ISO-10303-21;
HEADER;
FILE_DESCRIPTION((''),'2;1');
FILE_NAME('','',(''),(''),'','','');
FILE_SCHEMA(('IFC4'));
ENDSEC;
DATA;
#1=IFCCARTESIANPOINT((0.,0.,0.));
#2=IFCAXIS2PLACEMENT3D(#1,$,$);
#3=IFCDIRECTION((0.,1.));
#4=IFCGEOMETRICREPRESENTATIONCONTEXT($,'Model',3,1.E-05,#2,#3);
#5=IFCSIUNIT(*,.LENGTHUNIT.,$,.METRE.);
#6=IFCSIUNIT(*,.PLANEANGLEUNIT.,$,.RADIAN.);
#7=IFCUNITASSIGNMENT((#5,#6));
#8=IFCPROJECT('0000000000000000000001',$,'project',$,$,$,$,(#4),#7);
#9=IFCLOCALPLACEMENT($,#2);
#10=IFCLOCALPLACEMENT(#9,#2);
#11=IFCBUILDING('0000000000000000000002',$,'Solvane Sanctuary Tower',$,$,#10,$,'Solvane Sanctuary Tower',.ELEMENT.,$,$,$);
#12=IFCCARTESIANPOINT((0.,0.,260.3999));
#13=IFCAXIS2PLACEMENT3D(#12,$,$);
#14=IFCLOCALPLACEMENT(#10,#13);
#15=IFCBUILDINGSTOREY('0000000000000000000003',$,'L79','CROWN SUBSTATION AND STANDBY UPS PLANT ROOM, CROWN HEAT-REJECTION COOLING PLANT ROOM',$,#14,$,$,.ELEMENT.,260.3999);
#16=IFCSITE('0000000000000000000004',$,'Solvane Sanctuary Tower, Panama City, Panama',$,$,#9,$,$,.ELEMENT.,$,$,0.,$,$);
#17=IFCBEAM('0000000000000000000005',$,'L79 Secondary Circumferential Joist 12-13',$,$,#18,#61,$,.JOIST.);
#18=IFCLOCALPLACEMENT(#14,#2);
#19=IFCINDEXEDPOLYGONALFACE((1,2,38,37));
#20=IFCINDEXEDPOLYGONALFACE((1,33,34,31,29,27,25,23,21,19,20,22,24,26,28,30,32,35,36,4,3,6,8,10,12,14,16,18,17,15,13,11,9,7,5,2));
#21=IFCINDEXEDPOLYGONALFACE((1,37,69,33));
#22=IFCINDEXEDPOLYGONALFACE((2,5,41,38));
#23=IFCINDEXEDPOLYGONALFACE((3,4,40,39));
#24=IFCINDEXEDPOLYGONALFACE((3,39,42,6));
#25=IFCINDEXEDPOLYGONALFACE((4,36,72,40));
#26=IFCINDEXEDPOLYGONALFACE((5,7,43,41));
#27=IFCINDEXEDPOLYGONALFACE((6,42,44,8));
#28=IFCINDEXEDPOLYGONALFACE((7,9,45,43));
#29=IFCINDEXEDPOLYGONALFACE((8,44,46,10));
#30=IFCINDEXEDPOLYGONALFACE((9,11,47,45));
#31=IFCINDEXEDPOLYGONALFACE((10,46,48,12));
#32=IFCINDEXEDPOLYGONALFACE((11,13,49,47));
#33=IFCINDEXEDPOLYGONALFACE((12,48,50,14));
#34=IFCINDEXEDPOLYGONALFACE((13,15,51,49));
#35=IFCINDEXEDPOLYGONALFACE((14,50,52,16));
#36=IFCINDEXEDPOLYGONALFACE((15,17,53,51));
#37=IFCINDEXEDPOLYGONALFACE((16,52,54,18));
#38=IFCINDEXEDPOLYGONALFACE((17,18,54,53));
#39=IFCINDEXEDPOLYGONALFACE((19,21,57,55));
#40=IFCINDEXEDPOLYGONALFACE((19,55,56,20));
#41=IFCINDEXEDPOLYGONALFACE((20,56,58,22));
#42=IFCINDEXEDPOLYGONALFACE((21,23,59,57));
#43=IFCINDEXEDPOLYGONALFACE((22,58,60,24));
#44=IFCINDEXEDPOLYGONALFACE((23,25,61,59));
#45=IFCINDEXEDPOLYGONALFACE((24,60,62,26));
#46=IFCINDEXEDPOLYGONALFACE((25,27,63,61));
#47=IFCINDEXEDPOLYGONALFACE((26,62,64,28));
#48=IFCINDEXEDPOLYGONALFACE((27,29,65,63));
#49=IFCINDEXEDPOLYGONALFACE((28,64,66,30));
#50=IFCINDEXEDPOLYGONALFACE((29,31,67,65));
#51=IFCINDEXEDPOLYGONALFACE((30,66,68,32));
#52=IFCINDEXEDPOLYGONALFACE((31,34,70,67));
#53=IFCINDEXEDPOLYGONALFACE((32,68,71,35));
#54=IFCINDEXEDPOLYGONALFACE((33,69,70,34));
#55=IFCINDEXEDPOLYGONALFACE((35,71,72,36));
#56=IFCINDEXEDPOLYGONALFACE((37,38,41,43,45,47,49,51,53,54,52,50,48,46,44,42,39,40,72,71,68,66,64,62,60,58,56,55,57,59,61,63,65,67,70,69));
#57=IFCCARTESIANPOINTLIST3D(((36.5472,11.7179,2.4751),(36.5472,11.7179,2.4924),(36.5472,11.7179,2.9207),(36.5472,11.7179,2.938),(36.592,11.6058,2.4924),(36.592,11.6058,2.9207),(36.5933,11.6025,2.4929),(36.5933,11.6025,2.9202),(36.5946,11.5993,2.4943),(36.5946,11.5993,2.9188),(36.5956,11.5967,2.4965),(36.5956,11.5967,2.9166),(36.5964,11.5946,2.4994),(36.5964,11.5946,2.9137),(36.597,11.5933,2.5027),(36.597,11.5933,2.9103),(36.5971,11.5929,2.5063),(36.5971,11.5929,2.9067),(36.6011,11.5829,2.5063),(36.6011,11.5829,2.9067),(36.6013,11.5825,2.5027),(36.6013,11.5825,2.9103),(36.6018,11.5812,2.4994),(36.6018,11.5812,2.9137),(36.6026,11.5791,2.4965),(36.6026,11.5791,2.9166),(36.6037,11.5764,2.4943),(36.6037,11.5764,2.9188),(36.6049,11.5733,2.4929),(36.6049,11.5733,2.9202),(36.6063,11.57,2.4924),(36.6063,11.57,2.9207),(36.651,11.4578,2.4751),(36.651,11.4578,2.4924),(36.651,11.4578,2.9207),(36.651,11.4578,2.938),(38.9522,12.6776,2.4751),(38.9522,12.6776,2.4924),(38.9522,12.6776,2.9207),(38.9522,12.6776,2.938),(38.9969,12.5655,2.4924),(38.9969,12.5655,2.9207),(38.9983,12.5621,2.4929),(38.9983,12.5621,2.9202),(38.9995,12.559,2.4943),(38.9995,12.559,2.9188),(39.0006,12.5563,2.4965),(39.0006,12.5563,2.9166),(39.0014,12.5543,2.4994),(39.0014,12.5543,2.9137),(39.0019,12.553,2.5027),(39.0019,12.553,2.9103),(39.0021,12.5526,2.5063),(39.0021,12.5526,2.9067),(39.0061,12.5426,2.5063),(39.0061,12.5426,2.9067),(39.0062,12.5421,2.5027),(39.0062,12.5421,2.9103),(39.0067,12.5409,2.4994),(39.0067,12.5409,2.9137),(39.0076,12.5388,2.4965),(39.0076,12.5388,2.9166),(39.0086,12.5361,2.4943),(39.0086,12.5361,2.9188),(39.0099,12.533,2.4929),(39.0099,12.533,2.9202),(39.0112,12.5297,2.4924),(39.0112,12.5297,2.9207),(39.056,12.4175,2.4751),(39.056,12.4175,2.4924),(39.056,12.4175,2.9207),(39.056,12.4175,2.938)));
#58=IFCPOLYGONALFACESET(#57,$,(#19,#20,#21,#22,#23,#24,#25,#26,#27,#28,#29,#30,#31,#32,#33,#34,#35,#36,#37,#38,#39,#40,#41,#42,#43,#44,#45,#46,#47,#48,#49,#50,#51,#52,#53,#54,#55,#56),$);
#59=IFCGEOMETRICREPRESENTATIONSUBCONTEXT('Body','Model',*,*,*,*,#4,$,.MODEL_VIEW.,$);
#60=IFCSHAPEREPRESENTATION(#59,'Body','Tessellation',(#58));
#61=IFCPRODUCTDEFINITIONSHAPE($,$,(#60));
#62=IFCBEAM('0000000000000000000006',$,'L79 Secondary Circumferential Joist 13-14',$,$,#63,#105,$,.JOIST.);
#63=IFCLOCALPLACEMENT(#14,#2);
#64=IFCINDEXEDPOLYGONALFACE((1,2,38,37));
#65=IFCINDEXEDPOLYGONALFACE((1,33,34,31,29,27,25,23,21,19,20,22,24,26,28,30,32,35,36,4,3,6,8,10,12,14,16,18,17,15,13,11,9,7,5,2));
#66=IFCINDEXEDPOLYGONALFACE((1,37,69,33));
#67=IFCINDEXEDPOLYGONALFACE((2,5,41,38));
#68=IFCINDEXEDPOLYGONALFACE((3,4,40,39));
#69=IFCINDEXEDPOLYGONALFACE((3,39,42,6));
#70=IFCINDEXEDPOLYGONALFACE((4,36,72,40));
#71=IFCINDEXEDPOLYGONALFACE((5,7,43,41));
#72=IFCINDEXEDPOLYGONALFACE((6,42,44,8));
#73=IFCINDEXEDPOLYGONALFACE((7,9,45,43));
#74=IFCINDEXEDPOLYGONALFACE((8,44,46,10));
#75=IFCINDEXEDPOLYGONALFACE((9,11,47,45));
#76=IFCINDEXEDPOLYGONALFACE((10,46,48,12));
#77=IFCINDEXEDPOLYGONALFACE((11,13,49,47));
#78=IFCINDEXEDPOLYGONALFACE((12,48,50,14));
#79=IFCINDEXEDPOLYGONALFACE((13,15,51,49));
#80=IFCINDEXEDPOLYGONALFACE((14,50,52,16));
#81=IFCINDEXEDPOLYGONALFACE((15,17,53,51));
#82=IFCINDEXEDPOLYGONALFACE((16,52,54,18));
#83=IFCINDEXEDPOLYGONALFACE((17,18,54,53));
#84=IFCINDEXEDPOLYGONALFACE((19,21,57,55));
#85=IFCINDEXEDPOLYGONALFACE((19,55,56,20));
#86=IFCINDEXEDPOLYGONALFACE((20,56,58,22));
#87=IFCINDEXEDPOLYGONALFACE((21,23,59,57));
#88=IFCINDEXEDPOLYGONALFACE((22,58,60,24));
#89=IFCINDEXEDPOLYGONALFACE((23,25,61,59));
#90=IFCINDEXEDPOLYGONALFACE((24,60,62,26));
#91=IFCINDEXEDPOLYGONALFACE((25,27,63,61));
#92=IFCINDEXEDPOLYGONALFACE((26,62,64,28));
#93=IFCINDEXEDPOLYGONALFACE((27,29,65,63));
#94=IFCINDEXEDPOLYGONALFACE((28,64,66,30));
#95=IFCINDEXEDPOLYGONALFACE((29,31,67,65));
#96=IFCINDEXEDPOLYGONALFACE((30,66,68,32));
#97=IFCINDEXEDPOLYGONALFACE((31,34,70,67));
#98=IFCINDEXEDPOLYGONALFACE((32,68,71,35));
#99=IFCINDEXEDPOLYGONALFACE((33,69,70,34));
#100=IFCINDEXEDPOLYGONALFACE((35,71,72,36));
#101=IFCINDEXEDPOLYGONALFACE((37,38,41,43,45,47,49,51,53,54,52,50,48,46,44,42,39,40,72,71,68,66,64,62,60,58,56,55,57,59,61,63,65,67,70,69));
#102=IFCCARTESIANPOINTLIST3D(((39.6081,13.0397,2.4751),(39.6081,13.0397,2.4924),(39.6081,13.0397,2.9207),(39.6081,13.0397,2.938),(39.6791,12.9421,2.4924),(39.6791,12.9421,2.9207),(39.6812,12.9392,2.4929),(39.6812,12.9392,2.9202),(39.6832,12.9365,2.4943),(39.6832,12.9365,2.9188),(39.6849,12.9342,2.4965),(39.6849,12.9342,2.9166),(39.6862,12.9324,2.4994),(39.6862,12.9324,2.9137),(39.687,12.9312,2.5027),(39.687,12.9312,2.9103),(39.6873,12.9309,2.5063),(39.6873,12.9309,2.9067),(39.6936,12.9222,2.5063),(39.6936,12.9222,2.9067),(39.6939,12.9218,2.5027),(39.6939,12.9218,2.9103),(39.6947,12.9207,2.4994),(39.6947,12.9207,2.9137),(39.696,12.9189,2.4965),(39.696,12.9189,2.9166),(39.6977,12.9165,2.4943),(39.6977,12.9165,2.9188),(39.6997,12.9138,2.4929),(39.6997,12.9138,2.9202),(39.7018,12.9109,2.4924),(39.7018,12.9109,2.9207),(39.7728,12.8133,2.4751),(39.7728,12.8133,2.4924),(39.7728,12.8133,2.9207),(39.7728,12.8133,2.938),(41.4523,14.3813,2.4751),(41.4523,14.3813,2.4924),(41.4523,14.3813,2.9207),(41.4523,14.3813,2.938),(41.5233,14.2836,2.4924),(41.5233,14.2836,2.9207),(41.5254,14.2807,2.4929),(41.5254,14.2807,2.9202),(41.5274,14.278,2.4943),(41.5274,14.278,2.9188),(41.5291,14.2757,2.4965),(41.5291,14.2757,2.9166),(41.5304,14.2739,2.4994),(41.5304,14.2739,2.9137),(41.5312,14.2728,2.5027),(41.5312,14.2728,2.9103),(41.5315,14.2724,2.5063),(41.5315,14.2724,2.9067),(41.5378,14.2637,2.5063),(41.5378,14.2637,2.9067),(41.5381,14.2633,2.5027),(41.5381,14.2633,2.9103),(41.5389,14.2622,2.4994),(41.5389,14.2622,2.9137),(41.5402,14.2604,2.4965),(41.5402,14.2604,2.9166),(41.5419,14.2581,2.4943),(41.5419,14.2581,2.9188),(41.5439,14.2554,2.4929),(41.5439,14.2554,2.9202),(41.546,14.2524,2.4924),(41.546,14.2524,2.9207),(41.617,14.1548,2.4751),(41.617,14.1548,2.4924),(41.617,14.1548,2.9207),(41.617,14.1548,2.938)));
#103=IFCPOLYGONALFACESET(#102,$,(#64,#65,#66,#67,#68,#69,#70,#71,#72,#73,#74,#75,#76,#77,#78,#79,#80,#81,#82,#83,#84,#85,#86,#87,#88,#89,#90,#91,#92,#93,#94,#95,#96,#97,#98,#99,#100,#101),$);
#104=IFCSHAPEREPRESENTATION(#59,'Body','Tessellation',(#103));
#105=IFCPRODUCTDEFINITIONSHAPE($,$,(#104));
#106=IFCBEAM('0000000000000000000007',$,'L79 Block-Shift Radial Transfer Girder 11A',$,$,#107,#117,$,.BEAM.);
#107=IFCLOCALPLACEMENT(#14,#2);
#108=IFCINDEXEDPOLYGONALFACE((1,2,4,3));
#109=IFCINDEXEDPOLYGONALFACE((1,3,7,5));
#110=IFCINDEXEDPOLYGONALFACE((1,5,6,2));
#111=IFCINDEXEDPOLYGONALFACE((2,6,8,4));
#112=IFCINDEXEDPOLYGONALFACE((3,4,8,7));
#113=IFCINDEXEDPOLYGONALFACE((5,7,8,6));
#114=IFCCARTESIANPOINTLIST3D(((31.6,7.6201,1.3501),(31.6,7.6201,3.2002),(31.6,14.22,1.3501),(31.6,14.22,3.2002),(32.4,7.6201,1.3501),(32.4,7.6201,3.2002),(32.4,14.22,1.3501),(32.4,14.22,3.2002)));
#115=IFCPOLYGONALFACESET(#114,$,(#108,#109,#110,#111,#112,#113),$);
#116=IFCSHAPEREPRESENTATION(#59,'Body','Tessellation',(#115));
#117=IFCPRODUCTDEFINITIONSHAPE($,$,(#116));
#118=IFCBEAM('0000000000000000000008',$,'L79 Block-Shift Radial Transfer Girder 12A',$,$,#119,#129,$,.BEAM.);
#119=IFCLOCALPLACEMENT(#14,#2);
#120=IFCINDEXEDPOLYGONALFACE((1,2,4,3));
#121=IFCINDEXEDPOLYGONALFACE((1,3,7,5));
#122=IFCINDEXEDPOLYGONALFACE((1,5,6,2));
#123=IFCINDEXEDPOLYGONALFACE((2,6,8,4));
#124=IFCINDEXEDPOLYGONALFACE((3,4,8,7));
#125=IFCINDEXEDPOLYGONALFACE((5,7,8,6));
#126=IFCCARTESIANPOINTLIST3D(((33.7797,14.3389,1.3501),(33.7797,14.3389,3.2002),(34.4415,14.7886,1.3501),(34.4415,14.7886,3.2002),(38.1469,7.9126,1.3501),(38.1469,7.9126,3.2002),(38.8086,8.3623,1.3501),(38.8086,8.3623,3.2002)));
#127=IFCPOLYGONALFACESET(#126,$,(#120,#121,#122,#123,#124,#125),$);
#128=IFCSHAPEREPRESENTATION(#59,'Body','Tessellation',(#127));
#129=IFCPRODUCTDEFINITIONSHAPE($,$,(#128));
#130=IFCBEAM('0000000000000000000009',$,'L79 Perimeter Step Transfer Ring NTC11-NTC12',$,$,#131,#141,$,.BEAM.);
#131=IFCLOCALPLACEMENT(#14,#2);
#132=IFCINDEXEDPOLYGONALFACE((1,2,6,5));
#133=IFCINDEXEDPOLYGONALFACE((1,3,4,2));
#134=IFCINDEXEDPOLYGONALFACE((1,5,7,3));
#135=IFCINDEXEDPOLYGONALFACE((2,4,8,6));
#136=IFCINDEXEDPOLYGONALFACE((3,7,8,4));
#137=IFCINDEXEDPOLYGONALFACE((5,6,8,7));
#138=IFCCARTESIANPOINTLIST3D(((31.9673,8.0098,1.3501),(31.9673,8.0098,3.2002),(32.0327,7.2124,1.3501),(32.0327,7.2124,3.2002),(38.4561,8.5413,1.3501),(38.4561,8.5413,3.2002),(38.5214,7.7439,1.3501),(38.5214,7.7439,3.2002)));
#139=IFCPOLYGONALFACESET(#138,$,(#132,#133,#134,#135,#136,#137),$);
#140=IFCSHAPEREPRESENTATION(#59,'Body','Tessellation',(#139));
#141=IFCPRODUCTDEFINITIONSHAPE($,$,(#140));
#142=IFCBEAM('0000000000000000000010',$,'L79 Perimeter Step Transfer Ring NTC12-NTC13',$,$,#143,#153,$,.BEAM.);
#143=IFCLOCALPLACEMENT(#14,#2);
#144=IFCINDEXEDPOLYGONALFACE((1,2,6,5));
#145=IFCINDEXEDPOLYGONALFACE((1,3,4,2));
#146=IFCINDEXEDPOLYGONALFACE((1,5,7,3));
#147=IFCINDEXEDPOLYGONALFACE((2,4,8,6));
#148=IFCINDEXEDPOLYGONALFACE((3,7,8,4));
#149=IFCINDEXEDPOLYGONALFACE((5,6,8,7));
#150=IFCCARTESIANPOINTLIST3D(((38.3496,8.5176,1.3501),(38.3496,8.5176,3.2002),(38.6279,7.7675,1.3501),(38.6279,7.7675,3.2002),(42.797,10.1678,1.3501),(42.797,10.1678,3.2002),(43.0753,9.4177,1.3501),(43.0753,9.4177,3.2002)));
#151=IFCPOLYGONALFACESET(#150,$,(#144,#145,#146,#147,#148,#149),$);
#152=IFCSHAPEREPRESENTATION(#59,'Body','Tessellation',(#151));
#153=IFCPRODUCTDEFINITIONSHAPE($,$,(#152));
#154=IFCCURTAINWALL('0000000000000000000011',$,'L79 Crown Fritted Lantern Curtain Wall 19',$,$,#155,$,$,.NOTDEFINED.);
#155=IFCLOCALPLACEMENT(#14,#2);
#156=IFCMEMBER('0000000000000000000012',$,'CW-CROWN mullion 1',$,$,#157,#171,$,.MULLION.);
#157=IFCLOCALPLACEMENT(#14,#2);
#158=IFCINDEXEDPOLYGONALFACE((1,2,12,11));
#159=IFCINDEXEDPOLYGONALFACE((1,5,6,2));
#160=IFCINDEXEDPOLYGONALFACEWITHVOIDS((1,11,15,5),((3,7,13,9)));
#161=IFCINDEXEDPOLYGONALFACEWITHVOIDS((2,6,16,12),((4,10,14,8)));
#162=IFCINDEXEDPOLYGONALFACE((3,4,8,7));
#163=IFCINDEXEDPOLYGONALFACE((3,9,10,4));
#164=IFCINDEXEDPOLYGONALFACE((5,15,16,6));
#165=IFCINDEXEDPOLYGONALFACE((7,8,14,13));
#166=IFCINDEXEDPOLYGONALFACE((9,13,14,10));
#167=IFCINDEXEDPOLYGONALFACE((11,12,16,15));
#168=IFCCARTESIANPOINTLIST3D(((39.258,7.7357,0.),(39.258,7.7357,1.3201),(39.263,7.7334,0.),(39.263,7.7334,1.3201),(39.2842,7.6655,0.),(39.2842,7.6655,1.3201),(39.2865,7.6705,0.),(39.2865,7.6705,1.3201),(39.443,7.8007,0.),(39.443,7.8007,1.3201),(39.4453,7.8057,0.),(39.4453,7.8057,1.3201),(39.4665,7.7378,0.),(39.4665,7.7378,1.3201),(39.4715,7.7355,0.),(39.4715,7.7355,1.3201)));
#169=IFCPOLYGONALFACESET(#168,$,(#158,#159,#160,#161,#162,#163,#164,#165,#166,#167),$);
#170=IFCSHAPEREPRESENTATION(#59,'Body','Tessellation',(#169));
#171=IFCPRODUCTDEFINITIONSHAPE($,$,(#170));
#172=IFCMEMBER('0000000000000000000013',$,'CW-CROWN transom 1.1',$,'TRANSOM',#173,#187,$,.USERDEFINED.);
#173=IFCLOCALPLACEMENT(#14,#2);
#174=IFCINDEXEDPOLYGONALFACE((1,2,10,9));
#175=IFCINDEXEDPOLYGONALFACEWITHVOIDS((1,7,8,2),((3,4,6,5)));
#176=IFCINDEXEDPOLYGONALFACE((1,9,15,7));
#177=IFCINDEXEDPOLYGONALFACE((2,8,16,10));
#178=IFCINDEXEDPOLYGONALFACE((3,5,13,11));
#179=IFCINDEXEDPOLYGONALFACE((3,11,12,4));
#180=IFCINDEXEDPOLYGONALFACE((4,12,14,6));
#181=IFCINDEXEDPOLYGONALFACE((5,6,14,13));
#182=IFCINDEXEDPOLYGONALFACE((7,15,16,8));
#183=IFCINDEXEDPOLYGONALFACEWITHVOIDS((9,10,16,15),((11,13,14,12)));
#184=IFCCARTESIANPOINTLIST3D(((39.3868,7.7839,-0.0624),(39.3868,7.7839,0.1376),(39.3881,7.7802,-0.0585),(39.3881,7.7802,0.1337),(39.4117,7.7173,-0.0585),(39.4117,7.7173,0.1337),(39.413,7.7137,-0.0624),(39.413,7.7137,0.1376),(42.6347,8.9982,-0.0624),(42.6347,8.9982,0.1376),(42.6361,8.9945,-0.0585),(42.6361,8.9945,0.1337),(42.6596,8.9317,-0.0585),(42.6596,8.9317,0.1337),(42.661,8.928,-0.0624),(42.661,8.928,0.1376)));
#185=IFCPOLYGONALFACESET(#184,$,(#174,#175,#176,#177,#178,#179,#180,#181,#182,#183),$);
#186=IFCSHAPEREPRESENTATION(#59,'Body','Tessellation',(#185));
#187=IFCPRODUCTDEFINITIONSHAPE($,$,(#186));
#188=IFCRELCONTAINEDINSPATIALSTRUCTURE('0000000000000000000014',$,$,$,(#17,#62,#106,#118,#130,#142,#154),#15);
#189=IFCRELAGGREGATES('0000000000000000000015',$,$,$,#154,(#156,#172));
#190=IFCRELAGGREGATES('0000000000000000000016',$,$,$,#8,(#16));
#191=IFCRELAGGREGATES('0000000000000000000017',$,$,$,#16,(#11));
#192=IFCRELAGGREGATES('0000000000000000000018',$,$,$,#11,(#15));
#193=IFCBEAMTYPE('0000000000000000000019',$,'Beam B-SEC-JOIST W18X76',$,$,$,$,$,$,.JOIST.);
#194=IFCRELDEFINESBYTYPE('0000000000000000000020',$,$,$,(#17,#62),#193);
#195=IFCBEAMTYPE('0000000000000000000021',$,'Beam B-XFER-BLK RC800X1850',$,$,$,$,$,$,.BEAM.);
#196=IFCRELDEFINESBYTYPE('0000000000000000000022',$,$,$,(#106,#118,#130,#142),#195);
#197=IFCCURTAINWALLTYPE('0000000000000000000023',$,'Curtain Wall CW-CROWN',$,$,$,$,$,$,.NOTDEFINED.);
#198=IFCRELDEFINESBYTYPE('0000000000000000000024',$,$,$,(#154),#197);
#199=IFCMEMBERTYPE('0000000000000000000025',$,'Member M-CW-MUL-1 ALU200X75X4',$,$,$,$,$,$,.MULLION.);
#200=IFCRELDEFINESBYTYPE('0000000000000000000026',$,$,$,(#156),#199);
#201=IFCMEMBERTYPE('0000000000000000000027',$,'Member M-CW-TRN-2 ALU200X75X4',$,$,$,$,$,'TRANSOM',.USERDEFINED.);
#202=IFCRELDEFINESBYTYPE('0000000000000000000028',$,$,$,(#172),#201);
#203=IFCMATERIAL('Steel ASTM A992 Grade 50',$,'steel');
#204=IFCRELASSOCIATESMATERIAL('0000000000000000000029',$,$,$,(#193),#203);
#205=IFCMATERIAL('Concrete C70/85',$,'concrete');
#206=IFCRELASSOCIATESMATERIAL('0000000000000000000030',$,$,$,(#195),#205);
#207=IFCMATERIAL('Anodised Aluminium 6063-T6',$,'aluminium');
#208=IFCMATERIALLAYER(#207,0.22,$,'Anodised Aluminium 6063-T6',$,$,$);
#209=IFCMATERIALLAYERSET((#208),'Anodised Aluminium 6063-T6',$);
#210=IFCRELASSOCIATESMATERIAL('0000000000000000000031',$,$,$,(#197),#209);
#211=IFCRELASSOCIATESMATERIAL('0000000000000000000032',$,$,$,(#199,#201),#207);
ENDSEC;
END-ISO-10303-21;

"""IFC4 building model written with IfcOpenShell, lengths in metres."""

from ifc_helpers import new_model, si_unit, direction, frame, origin, origin_2d, place, context, subcontext, project, spatial, rectangle, hollow_rectangle, i_section, extrude, material, layer, layer_set, material_profile, profile_set, type_object, element, aggregate, save


model = new_model("IFC4")

# Units and contexts
model_context = context("Model", 3, precision=1e-05, world=origin(), true_north=direction((0.0, 1.0)))
body_context = subcontext(model_context, "Body", "Model", "MODEL_VIEW")
ifc_project = project(units=[si_unit("LENGTHUNIT", "METRE"), si_unit("PLANEANGLEUNIT", "RADIAN")], contexts=[model_context])

# Site, building, storey
site_placement = place(None, origin())
site = spatial("IfcSite", under=ifc_project, at=site_placement, Name="Solvane Sanctuary Tower, Panama City, Panama", CompositionType="ELEMENT", RefElevation=0.0)
building_placement = place(site_placement, origin())
building = spatial("IfcBuilding", under=site, at=building_placement, Name="Solvane Sanctuary Tower", LongName="Solvane Sanctuary Tower", CompositionType="ELEMENT")
storey_placement = place(building_placement, frame((0.0, 0.0, 260.3999)))
storey = spatial("IfcBuildingStorey", under=building, at=storey_placement, Name="L79", Description="CROWN SUBSTATION AND STANDBY UPS PLANT ROOM, CROWN HEAT-REJECTION COOLING PLANT ROOM", CompositionType="ELEMENT", Elevation=260.3999)

# Beams
ifc_material_1 = material(Name="Steel ASTM A992 Grade 50", Category="steel")
ifc_material_profile_1 = material_profile(ifc_material_1, i_section(OverallWidth=0.28, OverallDepth=0.4629, WebThickness=0.0107, FlangeThickness=0.0173, FilletRadius=0.0139, at=origin_2d()), Name="W18X76")
ifc_profile_set_1 = profile_set([ifc_material_profile_1], Name="Steel ASTM A992 Grade 50")
beam_type_1 = type_object("IfcBeamType", Name="Beam B-SEC-JOIST W18X76", PredefinedType="JOIST", material=ifc_profile_set_1)
beam_1_placement = place(storey_placement, frame((36.5991, 11.5879, 2.7065), z_axis=(0.928782, 0.370627, 0.0), x_axis=(-0.370627, 0.928782, 0.0)))
element("IfcBeam", 1, at=beam_1_placement, inside=storey, type_object=beam_type_1, Name="L79 Secondary Circumferential Joist 12-13", PredefinedType="JOIST", context=body_context, shape_type="SweptSolid", body=[
    extrude(i_section(OverallWidth=0.28, OverallDepth=0.4629, WebThickness=0.0107, FlangeThickness=0.0173, FilletRadius=0.0139, at=origin_2d()), origin(), (0.0, 0.0, 1.0), 2.5894),
])
beam_2_placement = place(storey_placement, frame((39.6904, 12.9265, 2.7065), z_axis=(0.808676, 0.588254, 0.0), x_axis=(-0.588254, 0.808676, 0.0)))
element("IfcBeam", 2, at=beam_2_placement, inside=storey, type_object=beam_type_1, Name="L79 Secondary Circumferential Joist 13-14", PredefinedType="JOIST", context=body_context, shape_type="SweptSolid", body=[
    extrude(i_section(OverallWidth=0.28, OverallDepth=0.4629, WebThickness=0.0107, FlangeThickness=0.0173, FilletRadius=0.0139, at=origin_2d()), origin(), (0.0, 0.0, 1.0), 2.2805),
])
ifc_material_2 = material(Name="Concrete C70/85", Category="concrete")
ifc_material_profile_2 = material_profile(ifc_material_2, rectangle(XDim=0.8, YDim=1.8501, at=origin_2d()), Name="RC800X1850")
ifc_profile_set_2 = profile_set([ifc_material_profile_2], Name="Concrete C70/85")
beam_type_2 = type_object("IfcBeamType", Name="Beam B-XFER-BLK RC800X1850", PredefinedType="BEAM", material=ifc_profile_set_2)
beam_3_placement = place(storey_placement, frame((32.0, 14.22, 2.2751), z_axis=(0.0, -1.0, 0.0), x_axis=(1.0, 0.0, 0.0)))
element("IfcBeam", 3, at=beam_3_placement, inside=storey, type_object=beam_type_2, Name="L79 Block-Shift Radial Transfer Girder 11A", PredefinedType="BEAM", context=body_context, shape_type="SweptSolid", body=[
    extrude(rectangle(XDim=0.8, YDim=1.8501, at=origin_2d()), origin(), (0.0, 0.0, 1.0), 6.5999),
])
beam_4_placement = place(storey_placement, frame((34.1106, 14.5637, 2.2751), z_axis=(0.562075, -0.827087, 0.0), x_axis=(0.827087, 0.562075, 0.0)))
element("IfcBeam", 4, at=beam_4_placement, inside=storey, type_object=beam_type_2, Name="L79 Block-Shift Radial Transfer Girder 12A", PredefinedType="BEAM", context=body_context, shape_type="SweptSolid", body=[
    extrude(rectangle(XDim=0.8, YDim=1.8501, at=origin_2d()), origin(), (0.0, 0.0, 1.0), 7.7698),
])
beam_5_placement = place(storey_placement, frame((32.0, 7.6111, 2.2751), z_axis=(0.996662, 0.081636, 0.0), x_axis=(-0.081636, 0.996662, 0.0)))
element("IfcBeam", 5, at=beam_5_placement, inside=storey, type_object=beam_type_2, Name="L79 Perimeter Step Transfer Ring NTC11-NTC12", PredefinedType="BEAM", context=body_context, shape_type="SweptSolid", body=[
    extrude(rectangle(XDim=0.8, YDim=1.8501, at=origin_2d()), origin(), (0.0, 0.0, 1.0), 6.5105),
])
beam_6_placement = place(storey_placement, frame((38.4888, 8.1426, 2.2751), z_axis=(0.937542, 0.347872, 0.0), x_axis=(-0.347872, 0.937542, 0.0)))
element("IfcBeam", 6, at=beam_6_placement, inside=storey, type_object=beam_type_2, Name="L79 Perimeter Step Transfer Ring NTC12-NTC13", PredefinedType="BEAM", context=body_context, shape_type="SweptSolid", body=[
    extrude(rectangle(XDim=0.8, YDim=1.8501, at=origin_2d()), origin(), (0.0, 0.0, 1.0), 4.7437),
])

# Curtain wall, members
ifc_material_3 = material(Name="Anodised Aluminium 6063-T6", Category="aluminium")
ifc_layer_1 = layer(ifc_material_3, 0.22, Name="Anodised Aluminium 6063-T6")
ifc_layer_set_1 = layer_set([ifc_layer_1], Name="Anodised Aluminium 6063-T6")
curtain_wall_type = type_object("IfcCurtainWallType", Name="Curtain Wall CW-CROWN", PredefinedType="NOTDEFINED", material=ifc_layer_set_1)
curtain_wall_placement = place(storey_placement, origin())
curtain_wall = element("IfcCurtainWall", 7, at=curtain_wall_placement, inside=storey, type_object=curtain_wall_type, Name="L79 Crown Fritted Lantern Curtain Wall 19", PredefinedType="NOTDEFINED")
ifc_material_profile_3 = material_profile(ifc_material_3, hollow_rectangle(XDim=0.075, YDim=0.2, WallThickness=0.0039, at=origin_2d()), Name="ALU200X75X4")
ifc_profile_set_3 = profile_set([ifc_material_profile_3], Name="Anodised Aluminium 6063-T6")
member_type_1 = type_object("IfcMemberType", Name="Member M-CW-MUL-1 ALU200X75X4", PredefinedType="MULLION", material=ifc_profile_set_3)
member_1_placement = place(storey_placement, frame((39.3647, 7.7356, 0.0), z_axis=(0.0, 0.0, 1.0), x_axis=(-0.350163, 0.936689, 0.0)))
member_1 = element("IfcMember", 8, at=member_1_placement, type_object=member_type_1, Name="CW-CROWN mullion 1", PredefinedType="MULLION", context=body_context, shape_type="SweptSolid", body=[
    extrude(hollow_rectangle(XDim=0.075, YDim=0.2, WallThickness=0.0039, at=origin_2d()), origin(), (0.0, 0.0, 1.0), 1.3201),
])
ifc_material_profile_4 = material_profile(ifc_material_3, hollow_rectangle(XDim=0.075, YDim=0.2, WallThickness=0.0039, at=origin_2d()), Name="ALU200X75X4")
ifc_profile_set_4 = profile_set([ifc_material_profile_4], Name="Anodised Aluminium 6063-T6")
member_type_2 = type_object("IfcMemberType", Name="Member M-CW-TRN-2 ALU200X75X4", ElementType="TRANSOM", PredefinedType="USERDEFINED", material=ifc_profile_set_4)
member_2_placement = place(storey_placement, frame((39.3999, 7.7488, 0.0376), z_axis=(0.936676, 0.350197, 0.0), x_axis=(-0.350197, 0.936676, 0.0)))
member_2 = element("IfcMember", 9, at=member_2_placement, type_object=member_type_2, Name="CW-CROWN transom 1.1", ObjectType="TRANSOM", PredefinedType="USERDEFINED", context=body_context, shape_type="SweptSolid", body=[
    extrude(hollow_rectangle(XDim=0.075, YDim=0.2, WallThickness=0.0039, at=origin_2d()), origin(), (0.0, 0.0, 1.0), 3.4675),
])
aggregate(curtain_wall, [member_1, member_2])

save(model, "model.ifc")
